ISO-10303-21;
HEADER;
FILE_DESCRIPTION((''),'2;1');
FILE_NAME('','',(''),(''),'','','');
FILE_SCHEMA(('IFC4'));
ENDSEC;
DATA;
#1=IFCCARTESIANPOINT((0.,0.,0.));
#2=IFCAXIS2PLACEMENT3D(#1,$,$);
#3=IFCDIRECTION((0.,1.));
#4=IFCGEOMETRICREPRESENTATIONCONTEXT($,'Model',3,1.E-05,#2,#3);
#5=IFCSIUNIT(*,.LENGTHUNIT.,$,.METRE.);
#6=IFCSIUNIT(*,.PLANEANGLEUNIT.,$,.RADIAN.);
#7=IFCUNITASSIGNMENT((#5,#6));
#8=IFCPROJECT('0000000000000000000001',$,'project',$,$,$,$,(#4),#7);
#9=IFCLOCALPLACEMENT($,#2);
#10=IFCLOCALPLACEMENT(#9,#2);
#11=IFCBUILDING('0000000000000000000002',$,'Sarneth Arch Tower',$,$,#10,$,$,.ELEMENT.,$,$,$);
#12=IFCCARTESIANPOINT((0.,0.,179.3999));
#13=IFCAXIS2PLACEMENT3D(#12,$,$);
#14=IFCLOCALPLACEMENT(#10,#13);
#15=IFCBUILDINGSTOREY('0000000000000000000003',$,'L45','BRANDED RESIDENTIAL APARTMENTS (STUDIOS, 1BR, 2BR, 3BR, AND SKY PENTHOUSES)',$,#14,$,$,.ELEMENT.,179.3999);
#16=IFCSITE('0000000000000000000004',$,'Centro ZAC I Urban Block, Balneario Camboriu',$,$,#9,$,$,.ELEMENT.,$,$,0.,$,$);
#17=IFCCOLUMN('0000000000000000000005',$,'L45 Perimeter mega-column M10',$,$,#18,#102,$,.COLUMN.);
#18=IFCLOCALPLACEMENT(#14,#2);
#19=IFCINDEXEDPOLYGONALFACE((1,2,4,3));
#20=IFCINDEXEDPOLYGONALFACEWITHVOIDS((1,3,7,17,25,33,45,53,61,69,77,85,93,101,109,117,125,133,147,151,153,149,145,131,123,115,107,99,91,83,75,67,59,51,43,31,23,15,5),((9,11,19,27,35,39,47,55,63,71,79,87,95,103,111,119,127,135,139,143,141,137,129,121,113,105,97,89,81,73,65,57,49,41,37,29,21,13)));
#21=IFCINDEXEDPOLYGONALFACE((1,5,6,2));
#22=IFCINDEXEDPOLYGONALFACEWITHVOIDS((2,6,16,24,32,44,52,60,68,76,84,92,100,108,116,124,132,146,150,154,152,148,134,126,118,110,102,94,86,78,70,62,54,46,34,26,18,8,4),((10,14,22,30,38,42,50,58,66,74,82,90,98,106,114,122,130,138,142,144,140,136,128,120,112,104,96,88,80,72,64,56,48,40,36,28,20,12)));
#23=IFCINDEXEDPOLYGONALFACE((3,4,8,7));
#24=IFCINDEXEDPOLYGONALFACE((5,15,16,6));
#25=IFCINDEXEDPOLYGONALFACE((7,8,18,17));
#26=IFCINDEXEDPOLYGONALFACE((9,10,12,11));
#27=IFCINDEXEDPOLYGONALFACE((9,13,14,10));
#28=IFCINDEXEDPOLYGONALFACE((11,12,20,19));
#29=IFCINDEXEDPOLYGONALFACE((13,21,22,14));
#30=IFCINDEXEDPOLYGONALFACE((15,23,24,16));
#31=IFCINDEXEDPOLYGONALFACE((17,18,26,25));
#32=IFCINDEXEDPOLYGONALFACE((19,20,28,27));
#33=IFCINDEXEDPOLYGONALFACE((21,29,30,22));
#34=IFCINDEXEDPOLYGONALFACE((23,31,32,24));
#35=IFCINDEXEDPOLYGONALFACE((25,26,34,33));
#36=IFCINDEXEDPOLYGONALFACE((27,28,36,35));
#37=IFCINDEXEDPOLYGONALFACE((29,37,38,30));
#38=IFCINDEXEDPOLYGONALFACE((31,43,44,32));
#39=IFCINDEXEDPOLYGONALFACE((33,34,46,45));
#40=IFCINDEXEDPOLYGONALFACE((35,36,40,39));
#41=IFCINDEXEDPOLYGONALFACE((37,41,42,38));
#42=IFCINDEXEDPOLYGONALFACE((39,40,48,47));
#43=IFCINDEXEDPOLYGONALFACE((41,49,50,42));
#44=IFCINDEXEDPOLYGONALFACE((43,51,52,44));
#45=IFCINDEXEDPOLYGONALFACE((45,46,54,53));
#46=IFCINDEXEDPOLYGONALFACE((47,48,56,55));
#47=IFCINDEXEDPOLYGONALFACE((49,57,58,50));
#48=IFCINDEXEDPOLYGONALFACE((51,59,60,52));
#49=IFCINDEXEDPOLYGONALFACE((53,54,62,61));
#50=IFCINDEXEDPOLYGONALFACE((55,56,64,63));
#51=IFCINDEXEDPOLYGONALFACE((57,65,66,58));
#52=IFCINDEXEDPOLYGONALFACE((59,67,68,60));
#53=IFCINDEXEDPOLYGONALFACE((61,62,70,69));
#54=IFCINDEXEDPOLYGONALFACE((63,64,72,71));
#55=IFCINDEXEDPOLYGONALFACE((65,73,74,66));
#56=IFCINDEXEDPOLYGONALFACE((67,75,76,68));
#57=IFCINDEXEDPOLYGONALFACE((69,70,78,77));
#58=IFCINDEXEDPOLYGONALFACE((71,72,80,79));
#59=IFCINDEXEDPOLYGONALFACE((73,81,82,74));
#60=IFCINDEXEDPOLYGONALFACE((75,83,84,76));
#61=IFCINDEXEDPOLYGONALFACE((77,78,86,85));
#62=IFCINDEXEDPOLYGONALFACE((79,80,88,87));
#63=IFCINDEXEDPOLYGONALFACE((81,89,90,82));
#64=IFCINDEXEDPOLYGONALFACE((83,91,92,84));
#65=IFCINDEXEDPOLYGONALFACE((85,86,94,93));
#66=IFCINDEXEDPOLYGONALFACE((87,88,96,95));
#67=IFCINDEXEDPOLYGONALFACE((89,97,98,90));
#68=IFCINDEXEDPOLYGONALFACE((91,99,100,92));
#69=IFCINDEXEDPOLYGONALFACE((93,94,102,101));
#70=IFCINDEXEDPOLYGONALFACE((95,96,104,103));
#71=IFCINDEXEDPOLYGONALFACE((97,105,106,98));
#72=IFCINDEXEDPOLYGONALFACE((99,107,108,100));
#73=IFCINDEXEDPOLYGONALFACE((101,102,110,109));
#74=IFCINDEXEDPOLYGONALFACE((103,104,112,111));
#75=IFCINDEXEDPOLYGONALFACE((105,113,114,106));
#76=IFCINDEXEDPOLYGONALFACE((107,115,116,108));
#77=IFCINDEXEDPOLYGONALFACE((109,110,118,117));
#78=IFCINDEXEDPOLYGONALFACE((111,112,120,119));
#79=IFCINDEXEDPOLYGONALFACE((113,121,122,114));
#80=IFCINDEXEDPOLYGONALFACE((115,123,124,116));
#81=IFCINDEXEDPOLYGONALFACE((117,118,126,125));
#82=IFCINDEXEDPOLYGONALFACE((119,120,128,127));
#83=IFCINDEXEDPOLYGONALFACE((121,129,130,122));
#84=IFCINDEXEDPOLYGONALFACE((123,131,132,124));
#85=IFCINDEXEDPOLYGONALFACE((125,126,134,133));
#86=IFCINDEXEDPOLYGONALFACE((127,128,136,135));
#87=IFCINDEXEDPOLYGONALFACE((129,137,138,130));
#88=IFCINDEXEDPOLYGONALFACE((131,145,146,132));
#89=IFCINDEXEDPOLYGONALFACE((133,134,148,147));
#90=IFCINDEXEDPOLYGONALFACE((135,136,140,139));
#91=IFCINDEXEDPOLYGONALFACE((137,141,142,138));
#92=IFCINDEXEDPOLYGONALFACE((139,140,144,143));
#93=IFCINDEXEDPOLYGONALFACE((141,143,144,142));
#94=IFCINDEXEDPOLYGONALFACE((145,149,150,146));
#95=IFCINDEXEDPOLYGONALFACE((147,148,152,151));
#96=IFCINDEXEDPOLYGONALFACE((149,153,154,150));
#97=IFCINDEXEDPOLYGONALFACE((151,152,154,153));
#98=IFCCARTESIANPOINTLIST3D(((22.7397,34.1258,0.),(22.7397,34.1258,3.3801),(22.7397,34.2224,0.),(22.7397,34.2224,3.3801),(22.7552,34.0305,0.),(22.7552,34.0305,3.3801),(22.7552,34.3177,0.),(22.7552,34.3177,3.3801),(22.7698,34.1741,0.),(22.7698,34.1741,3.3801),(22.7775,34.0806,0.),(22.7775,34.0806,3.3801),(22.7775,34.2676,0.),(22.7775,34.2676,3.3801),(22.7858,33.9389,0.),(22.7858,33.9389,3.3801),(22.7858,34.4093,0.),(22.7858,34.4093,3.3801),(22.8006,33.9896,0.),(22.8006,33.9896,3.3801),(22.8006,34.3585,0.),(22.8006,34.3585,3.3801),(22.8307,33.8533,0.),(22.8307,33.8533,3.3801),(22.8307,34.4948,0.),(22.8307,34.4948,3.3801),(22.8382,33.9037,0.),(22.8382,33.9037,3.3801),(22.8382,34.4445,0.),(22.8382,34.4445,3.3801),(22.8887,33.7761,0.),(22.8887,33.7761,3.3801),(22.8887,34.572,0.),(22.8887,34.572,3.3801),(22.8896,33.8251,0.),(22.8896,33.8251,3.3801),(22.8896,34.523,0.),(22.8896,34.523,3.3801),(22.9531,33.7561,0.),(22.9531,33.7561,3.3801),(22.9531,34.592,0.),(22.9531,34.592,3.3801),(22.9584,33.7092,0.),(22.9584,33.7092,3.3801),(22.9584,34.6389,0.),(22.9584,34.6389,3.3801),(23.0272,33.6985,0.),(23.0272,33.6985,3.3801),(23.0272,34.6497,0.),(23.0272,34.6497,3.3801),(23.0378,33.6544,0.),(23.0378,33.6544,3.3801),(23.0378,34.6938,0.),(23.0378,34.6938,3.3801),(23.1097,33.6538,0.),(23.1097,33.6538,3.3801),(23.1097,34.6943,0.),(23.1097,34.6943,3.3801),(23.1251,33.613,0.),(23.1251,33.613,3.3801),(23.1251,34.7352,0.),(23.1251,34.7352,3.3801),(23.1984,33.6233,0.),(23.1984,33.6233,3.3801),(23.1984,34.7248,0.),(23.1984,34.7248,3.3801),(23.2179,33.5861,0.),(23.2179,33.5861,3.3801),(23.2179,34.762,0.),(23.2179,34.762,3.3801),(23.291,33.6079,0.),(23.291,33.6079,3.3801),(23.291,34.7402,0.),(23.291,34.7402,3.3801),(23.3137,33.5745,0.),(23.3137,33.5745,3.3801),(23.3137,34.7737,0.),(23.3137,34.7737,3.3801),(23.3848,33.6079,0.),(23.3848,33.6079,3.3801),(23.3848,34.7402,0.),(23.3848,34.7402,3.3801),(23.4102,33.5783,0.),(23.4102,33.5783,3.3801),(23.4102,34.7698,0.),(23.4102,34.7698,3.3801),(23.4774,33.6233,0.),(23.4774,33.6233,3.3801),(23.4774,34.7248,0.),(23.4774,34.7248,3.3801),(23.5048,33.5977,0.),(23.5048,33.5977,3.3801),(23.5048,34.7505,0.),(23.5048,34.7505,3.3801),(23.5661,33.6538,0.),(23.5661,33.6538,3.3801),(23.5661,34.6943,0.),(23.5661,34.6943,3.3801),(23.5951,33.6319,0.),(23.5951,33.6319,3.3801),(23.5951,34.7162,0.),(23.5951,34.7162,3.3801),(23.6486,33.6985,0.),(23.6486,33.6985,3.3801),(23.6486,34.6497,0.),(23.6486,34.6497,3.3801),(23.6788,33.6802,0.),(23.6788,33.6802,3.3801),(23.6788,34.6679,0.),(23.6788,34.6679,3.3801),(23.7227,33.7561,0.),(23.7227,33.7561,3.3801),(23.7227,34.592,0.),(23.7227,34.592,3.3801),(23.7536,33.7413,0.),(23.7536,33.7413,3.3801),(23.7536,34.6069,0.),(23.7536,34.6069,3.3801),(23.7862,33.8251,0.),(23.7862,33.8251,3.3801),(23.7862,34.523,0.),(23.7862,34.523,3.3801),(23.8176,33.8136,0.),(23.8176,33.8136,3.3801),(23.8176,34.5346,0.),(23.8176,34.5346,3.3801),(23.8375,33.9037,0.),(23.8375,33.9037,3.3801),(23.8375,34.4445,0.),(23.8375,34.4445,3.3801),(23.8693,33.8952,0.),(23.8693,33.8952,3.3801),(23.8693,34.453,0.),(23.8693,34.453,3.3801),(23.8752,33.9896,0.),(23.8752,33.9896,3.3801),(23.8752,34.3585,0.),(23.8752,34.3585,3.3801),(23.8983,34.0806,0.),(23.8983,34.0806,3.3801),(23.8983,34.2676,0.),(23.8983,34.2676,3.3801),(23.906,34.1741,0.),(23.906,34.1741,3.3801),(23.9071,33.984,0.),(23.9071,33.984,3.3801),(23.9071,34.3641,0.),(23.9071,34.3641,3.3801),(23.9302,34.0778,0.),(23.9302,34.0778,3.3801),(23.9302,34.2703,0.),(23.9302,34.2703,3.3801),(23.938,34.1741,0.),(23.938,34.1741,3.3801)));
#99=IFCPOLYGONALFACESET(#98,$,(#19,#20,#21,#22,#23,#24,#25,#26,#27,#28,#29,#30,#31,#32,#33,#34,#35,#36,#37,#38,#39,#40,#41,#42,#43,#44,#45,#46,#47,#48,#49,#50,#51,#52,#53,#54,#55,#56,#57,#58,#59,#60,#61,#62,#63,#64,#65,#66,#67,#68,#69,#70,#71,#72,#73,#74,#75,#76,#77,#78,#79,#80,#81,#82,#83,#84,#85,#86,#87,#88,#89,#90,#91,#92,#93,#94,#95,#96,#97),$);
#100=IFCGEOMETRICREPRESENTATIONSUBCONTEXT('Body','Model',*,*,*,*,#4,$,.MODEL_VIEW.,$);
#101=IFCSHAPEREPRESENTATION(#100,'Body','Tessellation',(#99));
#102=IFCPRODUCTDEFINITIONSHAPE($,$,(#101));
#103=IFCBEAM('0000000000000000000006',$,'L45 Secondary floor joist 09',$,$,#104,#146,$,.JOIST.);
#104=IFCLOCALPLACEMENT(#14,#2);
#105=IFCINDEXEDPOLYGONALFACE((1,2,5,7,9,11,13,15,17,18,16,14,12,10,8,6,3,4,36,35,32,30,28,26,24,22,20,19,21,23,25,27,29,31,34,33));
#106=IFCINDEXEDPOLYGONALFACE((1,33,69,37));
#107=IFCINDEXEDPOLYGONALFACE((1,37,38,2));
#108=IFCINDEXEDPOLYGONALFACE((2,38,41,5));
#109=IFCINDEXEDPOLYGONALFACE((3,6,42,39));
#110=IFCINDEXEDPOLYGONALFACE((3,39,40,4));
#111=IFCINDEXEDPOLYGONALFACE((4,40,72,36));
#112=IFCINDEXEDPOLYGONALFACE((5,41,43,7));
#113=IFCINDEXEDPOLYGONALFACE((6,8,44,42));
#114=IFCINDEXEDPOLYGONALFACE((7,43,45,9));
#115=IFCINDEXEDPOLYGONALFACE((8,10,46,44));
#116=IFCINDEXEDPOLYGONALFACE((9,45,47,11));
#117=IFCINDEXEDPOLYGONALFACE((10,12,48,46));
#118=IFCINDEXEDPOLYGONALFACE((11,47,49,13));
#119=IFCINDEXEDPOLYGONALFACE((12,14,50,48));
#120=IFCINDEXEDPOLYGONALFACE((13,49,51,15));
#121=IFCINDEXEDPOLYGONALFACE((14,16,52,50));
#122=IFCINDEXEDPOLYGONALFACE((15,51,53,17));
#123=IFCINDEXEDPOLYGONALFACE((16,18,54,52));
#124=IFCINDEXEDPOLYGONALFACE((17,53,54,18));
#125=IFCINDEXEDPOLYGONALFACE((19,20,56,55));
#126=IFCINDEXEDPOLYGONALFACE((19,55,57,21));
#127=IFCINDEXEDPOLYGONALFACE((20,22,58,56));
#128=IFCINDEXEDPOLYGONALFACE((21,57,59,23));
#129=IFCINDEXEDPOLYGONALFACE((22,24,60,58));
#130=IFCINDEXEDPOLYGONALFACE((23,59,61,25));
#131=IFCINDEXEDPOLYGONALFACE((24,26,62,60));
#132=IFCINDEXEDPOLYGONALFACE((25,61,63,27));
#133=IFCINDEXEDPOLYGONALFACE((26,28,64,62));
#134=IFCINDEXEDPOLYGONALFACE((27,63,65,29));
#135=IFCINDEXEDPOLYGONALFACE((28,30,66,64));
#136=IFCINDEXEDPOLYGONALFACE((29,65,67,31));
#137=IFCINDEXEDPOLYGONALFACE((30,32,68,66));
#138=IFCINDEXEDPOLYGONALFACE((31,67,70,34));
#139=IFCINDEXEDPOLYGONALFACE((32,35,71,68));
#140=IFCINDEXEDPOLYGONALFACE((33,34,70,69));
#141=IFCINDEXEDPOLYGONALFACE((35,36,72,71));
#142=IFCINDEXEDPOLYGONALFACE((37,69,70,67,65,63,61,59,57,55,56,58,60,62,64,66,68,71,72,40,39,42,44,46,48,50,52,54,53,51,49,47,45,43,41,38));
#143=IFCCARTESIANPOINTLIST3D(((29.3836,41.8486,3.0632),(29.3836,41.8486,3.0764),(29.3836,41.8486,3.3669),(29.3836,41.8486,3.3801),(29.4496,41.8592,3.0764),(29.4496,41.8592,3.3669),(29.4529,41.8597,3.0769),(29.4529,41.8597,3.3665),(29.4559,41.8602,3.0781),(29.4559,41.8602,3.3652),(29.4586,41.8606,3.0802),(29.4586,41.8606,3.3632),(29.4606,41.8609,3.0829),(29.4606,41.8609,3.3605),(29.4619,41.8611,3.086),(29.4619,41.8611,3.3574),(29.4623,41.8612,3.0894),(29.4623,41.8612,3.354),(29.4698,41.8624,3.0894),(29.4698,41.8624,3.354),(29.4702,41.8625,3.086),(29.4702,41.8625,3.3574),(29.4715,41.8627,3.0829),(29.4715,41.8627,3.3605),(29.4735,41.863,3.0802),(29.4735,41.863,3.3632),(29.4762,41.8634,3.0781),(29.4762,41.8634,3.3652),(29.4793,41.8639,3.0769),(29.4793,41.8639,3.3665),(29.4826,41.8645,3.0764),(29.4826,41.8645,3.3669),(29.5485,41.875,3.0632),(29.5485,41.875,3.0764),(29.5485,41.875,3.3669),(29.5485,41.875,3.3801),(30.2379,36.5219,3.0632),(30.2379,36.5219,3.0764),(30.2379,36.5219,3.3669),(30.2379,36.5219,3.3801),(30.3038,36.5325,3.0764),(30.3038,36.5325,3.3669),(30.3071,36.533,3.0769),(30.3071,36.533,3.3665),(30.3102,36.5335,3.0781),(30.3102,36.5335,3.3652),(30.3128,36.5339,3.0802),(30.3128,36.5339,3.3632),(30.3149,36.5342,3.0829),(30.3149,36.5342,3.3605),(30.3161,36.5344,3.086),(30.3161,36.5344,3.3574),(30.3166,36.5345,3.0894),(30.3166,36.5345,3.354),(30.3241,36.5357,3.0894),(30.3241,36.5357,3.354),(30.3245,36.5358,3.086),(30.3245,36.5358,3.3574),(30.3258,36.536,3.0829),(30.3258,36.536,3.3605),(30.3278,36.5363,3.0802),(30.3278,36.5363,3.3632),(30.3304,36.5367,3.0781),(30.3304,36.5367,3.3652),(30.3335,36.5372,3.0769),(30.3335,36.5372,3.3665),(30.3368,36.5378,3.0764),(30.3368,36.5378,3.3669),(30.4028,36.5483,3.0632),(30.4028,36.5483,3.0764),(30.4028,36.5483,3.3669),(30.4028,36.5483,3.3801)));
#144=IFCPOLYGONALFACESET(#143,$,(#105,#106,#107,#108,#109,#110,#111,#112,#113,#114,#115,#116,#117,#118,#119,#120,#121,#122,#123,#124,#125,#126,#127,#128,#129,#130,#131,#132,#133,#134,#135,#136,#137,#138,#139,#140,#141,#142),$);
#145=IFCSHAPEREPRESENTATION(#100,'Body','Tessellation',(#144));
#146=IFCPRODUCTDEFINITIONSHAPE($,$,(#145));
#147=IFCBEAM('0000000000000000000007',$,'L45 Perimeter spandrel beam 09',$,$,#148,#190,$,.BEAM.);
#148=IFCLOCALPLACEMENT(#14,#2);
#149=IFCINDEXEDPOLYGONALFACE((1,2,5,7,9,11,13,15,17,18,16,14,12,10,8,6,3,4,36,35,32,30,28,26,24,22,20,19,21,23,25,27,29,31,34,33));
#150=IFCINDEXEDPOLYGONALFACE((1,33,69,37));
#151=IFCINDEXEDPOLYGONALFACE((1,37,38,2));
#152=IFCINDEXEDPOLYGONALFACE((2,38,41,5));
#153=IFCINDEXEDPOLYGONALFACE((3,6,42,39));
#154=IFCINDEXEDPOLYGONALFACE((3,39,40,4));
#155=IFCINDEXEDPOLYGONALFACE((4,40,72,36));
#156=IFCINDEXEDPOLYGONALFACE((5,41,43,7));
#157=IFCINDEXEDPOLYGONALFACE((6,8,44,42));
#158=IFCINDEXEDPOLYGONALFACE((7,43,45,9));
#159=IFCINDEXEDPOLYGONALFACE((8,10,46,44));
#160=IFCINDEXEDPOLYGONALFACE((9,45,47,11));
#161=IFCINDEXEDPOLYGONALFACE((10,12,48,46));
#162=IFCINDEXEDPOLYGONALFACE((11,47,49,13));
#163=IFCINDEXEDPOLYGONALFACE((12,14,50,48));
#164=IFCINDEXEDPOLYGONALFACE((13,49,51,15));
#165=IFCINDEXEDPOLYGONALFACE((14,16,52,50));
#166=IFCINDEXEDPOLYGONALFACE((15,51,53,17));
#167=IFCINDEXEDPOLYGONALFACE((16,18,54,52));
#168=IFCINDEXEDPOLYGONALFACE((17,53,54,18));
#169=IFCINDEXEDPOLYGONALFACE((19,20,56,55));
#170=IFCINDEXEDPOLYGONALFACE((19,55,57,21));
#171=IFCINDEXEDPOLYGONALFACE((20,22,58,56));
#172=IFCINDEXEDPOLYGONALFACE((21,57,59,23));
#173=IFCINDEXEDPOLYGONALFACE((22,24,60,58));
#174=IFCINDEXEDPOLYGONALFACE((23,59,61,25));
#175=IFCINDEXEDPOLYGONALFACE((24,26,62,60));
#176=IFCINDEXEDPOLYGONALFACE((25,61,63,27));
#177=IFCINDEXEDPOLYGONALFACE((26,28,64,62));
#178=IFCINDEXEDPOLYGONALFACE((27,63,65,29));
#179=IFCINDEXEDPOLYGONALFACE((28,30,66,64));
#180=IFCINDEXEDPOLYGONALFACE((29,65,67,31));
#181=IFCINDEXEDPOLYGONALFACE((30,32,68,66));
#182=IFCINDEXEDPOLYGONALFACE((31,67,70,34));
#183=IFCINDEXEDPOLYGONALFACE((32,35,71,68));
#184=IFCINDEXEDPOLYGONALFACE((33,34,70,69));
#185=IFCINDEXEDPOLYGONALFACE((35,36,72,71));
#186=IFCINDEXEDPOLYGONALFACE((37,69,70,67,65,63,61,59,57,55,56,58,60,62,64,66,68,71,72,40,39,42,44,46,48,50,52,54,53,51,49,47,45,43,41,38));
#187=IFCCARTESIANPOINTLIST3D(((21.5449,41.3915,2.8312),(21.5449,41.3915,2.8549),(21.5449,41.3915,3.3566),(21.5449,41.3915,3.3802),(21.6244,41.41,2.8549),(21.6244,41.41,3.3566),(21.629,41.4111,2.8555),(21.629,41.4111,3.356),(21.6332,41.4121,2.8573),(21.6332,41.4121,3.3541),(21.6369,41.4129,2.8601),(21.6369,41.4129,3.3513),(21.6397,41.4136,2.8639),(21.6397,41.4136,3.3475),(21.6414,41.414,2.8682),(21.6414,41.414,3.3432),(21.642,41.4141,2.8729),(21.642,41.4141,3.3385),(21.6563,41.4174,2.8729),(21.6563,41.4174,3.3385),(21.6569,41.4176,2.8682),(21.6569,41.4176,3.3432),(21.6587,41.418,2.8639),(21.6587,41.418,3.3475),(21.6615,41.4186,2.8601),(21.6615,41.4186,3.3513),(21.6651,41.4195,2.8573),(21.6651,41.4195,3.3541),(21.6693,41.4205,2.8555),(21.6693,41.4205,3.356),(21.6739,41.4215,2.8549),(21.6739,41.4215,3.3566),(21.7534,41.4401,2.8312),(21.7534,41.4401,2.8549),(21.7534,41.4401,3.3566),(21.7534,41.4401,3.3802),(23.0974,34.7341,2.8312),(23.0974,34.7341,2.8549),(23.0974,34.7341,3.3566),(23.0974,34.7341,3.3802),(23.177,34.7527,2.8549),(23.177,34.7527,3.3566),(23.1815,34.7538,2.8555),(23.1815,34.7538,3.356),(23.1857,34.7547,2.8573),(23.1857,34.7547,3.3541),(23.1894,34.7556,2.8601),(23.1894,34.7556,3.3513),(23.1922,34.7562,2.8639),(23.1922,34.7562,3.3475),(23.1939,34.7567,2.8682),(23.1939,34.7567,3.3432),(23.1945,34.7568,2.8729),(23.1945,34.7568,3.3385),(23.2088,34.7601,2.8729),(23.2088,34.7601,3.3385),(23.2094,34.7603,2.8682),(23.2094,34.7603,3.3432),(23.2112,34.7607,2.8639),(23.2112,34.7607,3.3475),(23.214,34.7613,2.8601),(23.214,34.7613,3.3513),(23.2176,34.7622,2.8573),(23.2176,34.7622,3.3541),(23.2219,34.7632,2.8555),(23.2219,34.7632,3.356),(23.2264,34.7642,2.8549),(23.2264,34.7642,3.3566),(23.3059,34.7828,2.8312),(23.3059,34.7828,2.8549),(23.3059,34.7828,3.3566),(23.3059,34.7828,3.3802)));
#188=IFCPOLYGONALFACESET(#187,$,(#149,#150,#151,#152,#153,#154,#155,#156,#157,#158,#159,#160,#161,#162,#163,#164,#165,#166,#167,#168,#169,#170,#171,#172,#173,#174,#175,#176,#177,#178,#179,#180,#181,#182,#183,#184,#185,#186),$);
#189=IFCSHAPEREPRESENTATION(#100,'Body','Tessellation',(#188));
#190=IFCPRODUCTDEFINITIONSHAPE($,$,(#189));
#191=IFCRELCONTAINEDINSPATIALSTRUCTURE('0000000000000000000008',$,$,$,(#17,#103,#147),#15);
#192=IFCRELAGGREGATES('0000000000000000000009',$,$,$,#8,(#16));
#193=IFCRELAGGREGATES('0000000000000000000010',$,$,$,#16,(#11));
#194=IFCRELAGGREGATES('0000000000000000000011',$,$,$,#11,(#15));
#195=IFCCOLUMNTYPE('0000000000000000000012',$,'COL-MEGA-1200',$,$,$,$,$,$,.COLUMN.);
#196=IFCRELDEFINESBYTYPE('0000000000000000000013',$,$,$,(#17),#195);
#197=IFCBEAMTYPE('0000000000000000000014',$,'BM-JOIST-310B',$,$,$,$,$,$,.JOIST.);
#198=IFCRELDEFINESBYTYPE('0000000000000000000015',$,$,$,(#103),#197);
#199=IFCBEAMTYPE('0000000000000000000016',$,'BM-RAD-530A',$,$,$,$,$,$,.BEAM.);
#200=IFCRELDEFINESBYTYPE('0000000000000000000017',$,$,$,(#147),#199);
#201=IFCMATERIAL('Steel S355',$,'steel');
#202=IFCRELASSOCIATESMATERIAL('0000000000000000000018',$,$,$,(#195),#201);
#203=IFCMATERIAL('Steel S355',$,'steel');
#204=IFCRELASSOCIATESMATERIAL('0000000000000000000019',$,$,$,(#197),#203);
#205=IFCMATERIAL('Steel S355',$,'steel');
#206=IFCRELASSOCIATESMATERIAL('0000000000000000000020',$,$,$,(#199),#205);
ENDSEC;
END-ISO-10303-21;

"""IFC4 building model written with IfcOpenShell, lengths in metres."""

from ifc_helpers import new_model, si_unit, direction, frame, origin, origin_2d, place, context, subcontext, project, spatial, hollow_circle, i_section, extrude, material, material_profile, profile_set, type_object, element, save


model = new_model("IFC4")

# Units and contexts
model_context = context("Model", 3, precision=1e-05, world=origin(), true_north=direction((0.0, 1.0)))
body_context = subcontext(model_context, "Body", "Model", "MODEL_VIEW")
ifc_project = project(units=[si_unit("LENGTHUNIT", "METRE"), si_unit("PLANEANGLEUNIT", "RADIAN")], contexts=[model_context])

# Site, building, storey
site_placement = place(None, origin())
site = spatial("IfcSite", under=ifc_project, at=site_placement, Name="Centro ZAC I Urban Block, Balneario Camboriu", CompositionType="ELEMENT", RefElevation=0.0)
building_placement = place(site_placement, origin())
building = spatial("IfcBuilding", under=site, at=building_placement, Name="Sarneth Arch Tower", CompositionType="ELEMENT")
storey_placement = place(building_placement, frame((0.0, 0.0, 179.3999)))
storey = spatial("IfcBuildingStorey", under=building, at=storey_placement, Name="L45", Description="BRANDED RESIDENTIAL APARTMENTS (STUDIOS, 1BR, 2BR, 3BR, AND SKY PENTHOUSES)", CompositionType="ELEMENT", Elevation=179.3999)

# Column
ifc_material_1 = material(Name="Steel S355", Category="steel")
ifc_material_profile_1 = material_profile(ifc_material_1, hollow_circle(Radius=0.6001, WallThickness=0.032, at=origin_2d()), Name="CHS1200x32")
ifc_profile_set_1 = profile_set([ifc_material_profile_1], Name="Steel S355")
column_type = type_object("IfcColumnType", Name="COL-MEGA-1200", PredefinedType="COLUMN", material=ifc_profile_set_1)
column_placement = place(storey_placement, frame((23.3379, 34.1741, 0.0), z_axis=(0.0, 0.0, 1.0), x_axis=(1.0, 0.0, 0.0)))
element("IfcColumn", 1, at=column_placement, inside=storey, type_object=column_type, Name="L45 Perimeter mega-column M10", PredefinedType="COLUMN", context=body_context, shape_type="SweptSolid", body=[
    extrude(hollow_circle(Radius=0.6001, WallThickness=0.032, at=origin_2d()), origin(), (0.0, 0.0, 1.0), 3.3801),
])

# Beams
ifc_material_2 = material(Name="Steel S355", Category="steel")
ifc_material_profile_2 = material_profile(ifc_material_2, i_section(OverallWidth=0.167, OverallDepth=0.3169, WebThickness=0.0076, FlangeThickness=0.0132, FilletRadius=0.0129, at=origin_2d()), Name="W310x52")
ifc_profile_set_2 = profile_set([ifc_material_profile_2], Name="Steel S355")
beam_type_1 = type_object("IfcBeamType", Name="BM-JOIST-310B", PredefinedType="JOIST", material=ifc_profile_set_2)
beam_1_placement = place(storey_placement, frame((29.4661, 41.8618, 3.2217), z_axis=(0.158349, -0.987383, 0.0), x_axis=(0.987383, 0.158349, 0.0)))
element("IfcBeam", 2, at=beam_1_placement, inside=storey, type_object=beam_type_1, Name="L45 Secondary floor joist 09", PredefinedType="JOIST", context=body_context, shape_type="SweptSolid", body=[
    extrude(i_section(OverallWidth=0.167, OverallDepth=0.3169, WebThickness=0.0076, FlangeThickness=0.0132, FilletRadius=0.0129, at=origin_2d()), origin(), (0.0, 0.0, 1.0), 5.3948),
])
ifc_material_3 = material(Name="Steel S355", Category="steel")
ifc_material_profile_3 = material_profile(ifc_material_3, i_section(OverallWidth=0.2141, OverallDepth=0.5491, WebThickness=0.0146, FlangeThickness=0.0237, FilletRadius=0.0181, at=origin_2d()), Name="W530x138")
ifc_profile_set_3 = profile_set([ifc_material_profile_3], Name="Steel S355")
beam_type_2 = type_object("IfcBeamType", Name="BM-RAD-530A", PredefinedType="BEAM", material=ifc_profile_set_3)
beam_2_placement = place(storey_placement, frame((21.6492, 41.4158, 3.1057), z_axis=(0.22711, -0.973869, 0.0), x_axis=(0.973869, 0.22711, 0.0)))
element("IfcBeam", 3, at=beam_2_placement, inside=storey, type_object=beam_type_2, Name="L45 Perimeter spandrel beam 09", PredefinedType="BEAM", context=body_context, shape_type="SweptSolid", body=[
    extrude(i_section(OverallWidth=0.2141, OverallDepth=0.5491, WebThickness=0.0146, FlangeThickness=0.0237, FilletRadius=0.0181, at=origin_2d()), origin(), (0.0, 0.0, 1.0), 6.8359),
])

save(model, "model.ifc")
